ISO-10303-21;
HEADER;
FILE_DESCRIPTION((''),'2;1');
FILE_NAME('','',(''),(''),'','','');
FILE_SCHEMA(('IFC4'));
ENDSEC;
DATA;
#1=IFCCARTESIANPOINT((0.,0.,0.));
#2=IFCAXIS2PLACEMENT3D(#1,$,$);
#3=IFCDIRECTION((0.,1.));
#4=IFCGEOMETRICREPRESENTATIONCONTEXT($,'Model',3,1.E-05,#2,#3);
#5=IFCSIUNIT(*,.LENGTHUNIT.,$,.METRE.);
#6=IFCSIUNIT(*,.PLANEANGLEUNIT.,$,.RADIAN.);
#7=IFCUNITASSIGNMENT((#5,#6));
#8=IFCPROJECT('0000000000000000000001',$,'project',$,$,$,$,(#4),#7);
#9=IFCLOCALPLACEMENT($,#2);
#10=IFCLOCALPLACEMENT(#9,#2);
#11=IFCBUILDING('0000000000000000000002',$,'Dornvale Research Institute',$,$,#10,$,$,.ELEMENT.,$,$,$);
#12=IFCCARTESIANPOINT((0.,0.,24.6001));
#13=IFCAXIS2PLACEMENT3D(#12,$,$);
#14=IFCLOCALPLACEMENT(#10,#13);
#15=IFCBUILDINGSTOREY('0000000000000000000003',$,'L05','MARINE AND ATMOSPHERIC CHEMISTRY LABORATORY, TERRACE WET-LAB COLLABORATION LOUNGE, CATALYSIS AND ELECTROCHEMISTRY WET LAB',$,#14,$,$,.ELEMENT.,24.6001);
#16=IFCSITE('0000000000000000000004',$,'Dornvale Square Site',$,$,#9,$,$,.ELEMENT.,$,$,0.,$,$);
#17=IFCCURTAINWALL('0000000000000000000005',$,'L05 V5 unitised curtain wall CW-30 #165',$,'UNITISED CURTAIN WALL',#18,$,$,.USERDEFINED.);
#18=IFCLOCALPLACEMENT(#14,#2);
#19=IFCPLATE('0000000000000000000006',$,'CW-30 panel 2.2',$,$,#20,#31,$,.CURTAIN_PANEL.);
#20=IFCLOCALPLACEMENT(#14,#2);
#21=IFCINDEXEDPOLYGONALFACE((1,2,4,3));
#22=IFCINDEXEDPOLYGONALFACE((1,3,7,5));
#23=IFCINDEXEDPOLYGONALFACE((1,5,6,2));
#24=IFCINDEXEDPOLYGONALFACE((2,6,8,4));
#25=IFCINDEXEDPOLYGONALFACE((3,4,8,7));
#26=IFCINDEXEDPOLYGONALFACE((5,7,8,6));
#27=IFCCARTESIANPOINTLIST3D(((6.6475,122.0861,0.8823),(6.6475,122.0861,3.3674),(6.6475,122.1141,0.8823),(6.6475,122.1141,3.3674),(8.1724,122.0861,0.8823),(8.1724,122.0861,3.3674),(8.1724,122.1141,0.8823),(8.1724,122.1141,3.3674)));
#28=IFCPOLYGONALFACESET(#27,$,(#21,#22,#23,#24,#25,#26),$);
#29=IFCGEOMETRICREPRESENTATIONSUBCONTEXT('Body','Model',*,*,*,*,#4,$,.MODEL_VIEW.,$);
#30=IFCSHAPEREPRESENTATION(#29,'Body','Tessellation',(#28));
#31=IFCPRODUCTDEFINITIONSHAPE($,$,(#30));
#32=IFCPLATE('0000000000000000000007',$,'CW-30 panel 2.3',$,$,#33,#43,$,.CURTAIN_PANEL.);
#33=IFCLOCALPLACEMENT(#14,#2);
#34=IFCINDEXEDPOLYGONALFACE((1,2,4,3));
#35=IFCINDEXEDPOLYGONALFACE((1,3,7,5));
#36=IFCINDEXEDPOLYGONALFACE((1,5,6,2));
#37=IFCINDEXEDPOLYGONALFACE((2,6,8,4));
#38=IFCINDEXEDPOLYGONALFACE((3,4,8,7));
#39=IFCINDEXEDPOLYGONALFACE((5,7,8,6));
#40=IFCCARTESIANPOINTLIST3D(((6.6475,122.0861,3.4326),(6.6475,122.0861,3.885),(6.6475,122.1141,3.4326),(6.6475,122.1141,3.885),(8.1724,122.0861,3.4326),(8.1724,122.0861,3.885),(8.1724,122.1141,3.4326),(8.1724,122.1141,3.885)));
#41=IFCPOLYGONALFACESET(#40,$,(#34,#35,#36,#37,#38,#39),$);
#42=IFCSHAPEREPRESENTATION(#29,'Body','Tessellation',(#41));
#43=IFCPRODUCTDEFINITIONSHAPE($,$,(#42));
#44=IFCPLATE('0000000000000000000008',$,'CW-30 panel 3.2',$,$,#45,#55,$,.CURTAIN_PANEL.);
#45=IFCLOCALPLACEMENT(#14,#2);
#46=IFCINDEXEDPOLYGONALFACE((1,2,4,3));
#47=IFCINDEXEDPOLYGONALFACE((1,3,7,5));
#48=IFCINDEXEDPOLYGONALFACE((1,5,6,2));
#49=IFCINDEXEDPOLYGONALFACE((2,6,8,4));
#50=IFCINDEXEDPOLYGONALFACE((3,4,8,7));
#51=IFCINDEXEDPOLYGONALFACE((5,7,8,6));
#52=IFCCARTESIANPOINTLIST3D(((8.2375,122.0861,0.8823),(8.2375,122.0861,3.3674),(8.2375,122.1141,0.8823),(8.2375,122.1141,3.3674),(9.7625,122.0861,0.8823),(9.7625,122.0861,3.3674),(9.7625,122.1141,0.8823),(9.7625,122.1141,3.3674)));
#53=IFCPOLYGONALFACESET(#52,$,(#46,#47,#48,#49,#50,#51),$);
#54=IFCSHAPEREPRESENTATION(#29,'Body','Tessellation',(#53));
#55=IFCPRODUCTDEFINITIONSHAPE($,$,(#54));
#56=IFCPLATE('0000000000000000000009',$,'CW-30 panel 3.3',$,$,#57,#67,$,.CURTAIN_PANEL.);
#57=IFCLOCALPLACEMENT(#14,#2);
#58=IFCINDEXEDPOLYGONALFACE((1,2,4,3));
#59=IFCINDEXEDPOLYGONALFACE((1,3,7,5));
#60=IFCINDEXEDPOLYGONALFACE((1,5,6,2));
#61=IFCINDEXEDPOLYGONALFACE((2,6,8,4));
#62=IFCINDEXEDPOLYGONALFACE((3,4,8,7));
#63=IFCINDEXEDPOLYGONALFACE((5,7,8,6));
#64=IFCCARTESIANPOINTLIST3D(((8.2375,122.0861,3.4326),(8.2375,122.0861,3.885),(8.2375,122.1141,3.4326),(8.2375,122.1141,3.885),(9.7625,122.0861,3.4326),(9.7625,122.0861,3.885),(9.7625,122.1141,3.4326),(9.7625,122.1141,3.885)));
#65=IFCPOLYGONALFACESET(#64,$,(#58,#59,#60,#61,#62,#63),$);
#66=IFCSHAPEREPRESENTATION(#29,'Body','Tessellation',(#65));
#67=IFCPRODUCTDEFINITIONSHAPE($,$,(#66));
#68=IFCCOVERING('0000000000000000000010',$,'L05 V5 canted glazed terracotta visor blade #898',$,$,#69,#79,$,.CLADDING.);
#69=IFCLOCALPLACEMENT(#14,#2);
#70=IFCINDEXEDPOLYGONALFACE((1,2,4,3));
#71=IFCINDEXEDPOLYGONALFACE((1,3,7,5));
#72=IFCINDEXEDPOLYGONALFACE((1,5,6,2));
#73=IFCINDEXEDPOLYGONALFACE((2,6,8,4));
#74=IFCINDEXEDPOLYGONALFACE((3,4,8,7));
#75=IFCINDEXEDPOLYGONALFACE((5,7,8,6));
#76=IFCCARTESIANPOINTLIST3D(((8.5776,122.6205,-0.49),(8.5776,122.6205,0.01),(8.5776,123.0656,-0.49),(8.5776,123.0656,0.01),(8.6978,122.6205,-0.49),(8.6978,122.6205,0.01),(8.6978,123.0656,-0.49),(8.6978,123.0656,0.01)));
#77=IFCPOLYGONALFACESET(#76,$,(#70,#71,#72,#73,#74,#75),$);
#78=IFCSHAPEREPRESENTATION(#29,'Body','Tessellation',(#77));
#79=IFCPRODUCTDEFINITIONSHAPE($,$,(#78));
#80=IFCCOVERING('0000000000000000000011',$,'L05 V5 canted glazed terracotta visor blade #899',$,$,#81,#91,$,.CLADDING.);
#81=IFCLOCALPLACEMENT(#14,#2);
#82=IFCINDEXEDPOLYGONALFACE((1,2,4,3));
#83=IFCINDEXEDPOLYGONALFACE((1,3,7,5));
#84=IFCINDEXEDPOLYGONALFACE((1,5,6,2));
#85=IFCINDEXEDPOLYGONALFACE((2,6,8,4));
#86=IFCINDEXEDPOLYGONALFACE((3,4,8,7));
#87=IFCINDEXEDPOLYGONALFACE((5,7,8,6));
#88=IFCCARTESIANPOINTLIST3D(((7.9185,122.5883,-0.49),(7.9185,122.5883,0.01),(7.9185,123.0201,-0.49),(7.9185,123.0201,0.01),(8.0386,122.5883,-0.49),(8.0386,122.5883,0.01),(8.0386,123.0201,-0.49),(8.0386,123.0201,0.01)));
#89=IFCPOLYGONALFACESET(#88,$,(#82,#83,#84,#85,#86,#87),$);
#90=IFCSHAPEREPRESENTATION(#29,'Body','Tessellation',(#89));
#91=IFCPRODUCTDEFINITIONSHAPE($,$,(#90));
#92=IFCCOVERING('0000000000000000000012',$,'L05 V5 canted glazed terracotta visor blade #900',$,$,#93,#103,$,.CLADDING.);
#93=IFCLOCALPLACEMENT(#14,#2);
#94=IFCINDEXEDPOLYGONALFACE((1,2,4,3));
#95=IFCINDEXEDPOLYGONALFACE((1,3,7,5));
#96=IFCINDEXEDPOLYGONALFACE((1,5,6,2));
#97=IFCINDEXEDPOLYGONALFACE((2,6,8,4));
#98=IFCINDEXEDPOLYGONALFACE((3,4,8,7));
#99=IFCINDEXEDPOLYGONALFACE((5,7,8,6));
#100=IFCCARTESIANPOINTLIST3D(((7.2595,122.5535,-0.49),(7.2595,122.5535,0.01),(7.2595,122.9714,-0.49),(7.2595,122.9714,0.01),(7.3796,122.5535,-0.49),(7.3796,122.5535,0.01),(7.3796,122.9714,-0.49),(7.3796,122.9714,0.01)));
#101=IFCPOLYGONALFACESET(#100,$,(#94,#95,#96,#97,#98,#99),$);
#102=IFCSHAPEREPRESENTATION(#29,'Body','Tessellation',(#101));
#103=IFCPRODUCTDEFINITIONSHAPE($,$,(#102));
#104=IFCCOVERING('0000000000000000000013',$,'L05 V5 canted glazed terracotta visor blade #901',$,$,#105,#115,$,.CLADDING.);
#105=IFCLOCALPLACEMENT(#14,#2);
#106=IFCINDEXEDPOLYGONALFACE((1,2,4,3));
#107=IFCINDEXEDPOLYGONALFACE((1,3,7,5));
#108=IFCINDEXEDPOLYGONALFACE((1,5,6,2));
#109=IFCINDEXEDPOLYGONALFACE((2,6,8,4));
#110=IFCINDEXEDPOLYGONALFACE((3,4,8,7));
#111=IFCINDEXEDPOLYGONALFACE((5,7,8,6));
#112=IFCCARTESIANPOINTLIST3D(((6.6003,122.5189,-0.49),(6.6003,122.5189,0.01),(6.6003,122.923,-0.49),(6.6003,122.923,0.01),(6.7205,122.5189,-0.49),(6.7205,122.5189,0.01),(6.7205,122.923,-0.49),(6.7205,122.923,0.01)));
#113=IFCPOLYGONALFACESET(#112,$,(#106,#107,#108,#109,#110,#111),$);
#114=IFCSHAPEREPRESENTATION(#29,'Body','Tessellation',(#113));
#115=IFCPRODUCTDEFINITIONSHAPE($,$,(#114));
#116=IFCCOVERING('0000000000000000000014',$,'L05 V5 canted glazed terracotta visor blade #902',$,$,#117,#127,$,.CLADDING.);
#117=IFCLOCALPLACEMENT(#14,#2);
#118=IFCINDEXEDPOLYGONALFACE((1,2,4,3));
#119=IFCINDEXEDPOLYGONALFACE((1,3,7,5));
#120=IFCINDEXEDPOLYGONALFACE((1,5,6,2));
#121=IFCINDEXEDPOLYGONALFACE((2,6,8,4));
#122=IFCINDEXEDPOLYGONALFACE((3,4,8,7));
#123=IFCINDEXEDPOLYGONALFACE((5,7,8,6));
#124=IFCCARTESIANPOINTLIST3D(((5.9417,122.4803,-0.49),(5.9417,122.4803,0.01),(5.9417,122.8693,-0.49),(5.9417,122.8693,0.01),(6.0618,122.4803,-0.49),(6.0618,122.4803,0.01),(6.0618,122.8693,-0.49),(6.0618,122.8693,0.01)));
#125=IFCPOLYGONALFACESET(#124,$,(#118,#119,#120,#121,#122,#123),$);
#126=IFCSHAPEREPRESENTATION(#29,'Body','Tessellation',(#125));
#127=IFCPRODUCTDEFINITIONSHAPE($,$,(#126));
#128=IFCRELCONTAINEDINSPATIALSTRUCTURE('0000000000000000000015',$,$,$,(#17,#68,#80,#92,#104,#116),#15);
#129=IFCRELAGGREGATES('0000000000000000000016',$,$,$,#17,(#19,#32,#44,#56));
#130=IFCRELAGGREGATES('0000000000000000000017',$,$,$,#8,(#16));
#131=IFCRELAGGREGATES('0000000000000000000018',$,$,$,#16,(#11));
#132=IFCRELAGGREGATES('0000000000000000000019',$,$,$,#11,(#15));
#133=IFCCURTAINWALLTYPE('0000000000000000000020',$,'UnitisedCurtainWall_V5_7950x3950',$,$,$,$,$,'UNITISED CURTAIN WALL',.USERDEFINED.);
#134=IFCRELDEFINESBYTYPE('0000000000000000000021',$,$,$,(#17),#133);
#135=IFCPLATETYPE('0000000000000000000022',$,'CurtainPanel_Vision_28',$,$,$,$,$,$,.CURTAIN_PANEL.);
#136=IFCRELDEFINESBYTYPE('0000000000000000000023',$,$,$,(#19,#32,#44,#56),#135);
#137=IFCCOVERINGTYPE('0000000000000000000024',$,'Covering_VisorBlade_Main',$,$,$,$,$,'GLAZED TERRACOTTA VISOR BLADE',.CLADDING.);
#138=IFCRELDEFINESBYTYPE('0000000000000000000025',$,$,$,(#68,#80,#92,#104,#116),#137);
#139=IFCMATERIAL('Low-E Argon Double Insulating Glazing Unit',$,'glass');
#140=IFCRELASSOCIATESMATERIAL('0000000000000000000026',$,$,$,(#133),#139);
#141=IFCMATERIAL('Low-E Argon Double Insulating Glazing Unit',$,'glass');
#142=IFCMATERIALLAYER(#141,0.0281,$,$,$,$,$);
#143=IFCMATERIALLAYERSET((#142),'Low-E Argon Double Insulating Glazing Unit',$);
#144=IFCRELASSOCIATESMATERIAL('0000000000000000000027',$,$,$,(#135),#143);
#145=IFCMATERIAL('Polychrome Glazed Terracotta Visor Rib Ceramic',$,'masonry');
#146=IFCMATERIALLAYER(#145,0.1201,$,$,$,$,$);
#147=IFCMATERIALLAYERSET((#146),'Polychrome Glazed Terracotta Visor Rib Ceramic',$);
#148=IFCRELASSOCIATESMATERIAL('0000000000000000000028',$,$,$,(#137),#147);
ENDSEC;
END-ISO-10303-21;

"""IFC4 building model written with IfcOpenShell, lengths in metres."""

from ifc_helpers import new_model, si_unit, direction, frame, origin, origin_2d, place, context, subcontext, project, spatial, rectangle, extrude, material, layer, layer_set, type_object, element, aggregate, save


model = new_model("IFC4")

# Units and contexts
model_context = context("Model", 3, precision=1e-05, world=origin(), true_north=direction((0.0, 1.0)))
body_context = subcontext(model_context, "Body", "Model", "MODEL_VIEW")
ifc_project = project(units=[si_unit("LENGTHUNIT", "METRE"), si_unit("PLANEANGLEUNIT", "RADIAN")], contexts=[model_context])

# Site, building, storey
site_placement = place(None, origin())
site = spatial("IfcSite", under=ifc_project, at=site_placement, Name="Dornvale Square Site", CompositionType="ELEMENT", RefElevation=0.0)
building_placement = place(site_placement, origin())
building = spatial("IfcBuilding", under=site, at=building_placement, Name="Dornvale Research Institute", CompositionType="ELEMENT")
storey_placement = place(building_placement, frame((0.0, 0.0, 24.6001)))
storey = spatial("IfcBuildingStorey", under=building, at=storey_placement, Name="L05", Description="MARINE AND ATMOSPHERIC CHEMISTRY LABORATORY, TERRACE WET-LAB COLLABORATION LOUNGE, CATALYSIS AND ELECTROCHEMISTRY WET LAB", CompositionType="ELEMENT", Elevation=24.6001)

# Curtain wall, plates
ifc_material_1 = material(Name="Low-E Argon Double Insulating Glazing Unit", Category="glass")
curtain_wall_type = type_object("IfcCurtainWallType", Name="UnitisedCurtainWall_V5_7950x3950", ElementType="UNITISED CURTAIN WALL", PredefinedType="USERDEFINED", material=ifc_material_1)
curtain_wall_placement = place(storey_placement, origin())
curtain_wall = element("IfcCurtainWall", 1, at=curtain_wall_placement, inside=storey, type_object=curtain_wall_type, Name="L05 V5 unitised curtain wall CW-30 #165", ObjectType="UNITISED CURTAIN WALL", PredefinedType="USERDEFINED")
ifc_material_2 = material(Name="Low-E Argon Double Insulating Glazing Unit", Category="glass")
ifc_layer_1 = layer(ifc_material_2, 0.0281)
ifc_layer_set_1 = layer_set([ifc_layer_1], Name="Low-E Argon Double Insulating Glazing Unit")
plate_type_1 = type_object("IfcPlateType", Name="CurtainPanel_Vision_28", PredefinedType="CURTAIN_PANEL", material=ifc_layer_set_1)
plate_1_placement = place(storey_placement, frame((7.4099, 122.1001, 0.8823), z_axis=(0.0, 0.0, 1.0), x_axis=(1.0, 0.0, 0.0)))
plate_1 = element("IfcPlate", 2, at=plate_1_placement, type_object=plate_type_1, Name="CW-30 panel 2.2", PredefinedType="CURTAIN_PANEL", context=body_context, shape_type="SweptSolid", body=[
    extrude(rectangle(XDim=1.5249, YDim=0.0281, at=origin_2d()), origin(), (0.0, 0.0, 1.0), 2.4851),
])
plate_2_placement = place(storey_placement, frame((7.4099, 122.1001, 3.4326), z_axis=(0.0, 0.0, 1.0), x_axis=(1.0, 0.0, 0.0)))
plate_2 = element("IfcPlate", 3, at=plate_2_placement, type_object=plate_type_1, Name="CW-30 panel 2.3", PredefinedType="CURTAIN_PANEL", context=body_context, shape_type="SweptSolid", body=[
    extrude(rectangle(XDim=1.5249, YDim=0.0281, at=origin_2d()), origin(), (0.0, 0.0, 1.0), 0.4524),
])
plate_3_placement = place(storey_placement, frame((9.0, 122.1001, 0.8823), z_axis=(0.0, 0.0, 1.0), x_axis=(1.0, 0.0, 0.0)))
plate_3 = element("IfcPlate", 4, at=plate_3_placement, type_object=plate_type_1, Name="CW-30 panel 3.2", PredefinedType="CURTAIN_PANEL", context=body_context, shape_type="SweptSolid", body=[
    extrude(rectangle(XDim=1.5249, YDim=0.0281, at=origin_2d()), origin(), (0.0, 0.0, 1.0), 2.4851),
])
plate_4_placement = place(storey_placement, frame((9.0, 122.1001, 3.4326), z_axis=(0.0, 0.0, 1.0), x_axis=(1.0, 0.0, 0.0)))
plate_4 = element("IfcPlate", 5, at=plate_4_placement, type_object=plate_type_1, Name="CW-30 panel 3.3", PredefinedType="CURTAIN_PANEL", context=body_context, shape_type="SweptSolid", body=[
    extrude(rectangle(XDim=1.5249, YDim=0.0281, at=origin_2d()), origin(), (0.0, 0.0, 1.0), 0.4524),
])
aggregate(curtain_wall, [plate_1, plate_2, plate_3, plate_4])

# Coverings
ifc_material_3 = material(Name="Polychrome Glazed Terracotta Visor Rib Ceramic", Category="masonry")
ifc_layer_2 = layer(ifc_material_3, 0.1201)
ifc_layer_set_2 = layer_set([ifc_layer_2], Name="Polychrome Glazed Terracotta Visor Rib Ceramic")
covering_type = type_object("IfcCoveringType", Name="Covering_VisorBlade_Main", ElementType="GLAZED TERRACOTTA VISOR BLADE", PredefinedType="CLADDING", material=ifc_layer_set_2)
covering_1_placement = place(storey_placement, frame((8.6377, 122.843, -0.49), z_axis=(0.0, 0.0, 1.0), x_axis=(0.0, 1.0, 0.0)))
element("IfcCovering", 6, at=covering_1_placement, inside=storey, type_object=covering_type, Name="L05 V5 canted glazed terracotta visor blade #898", PredefinedType="CLADDING", context=body_context, shape_type="SweptSolid", body=[
    extrude(rectangle(XDim=0.4451, YDim=0.1201, at=origin_2d()), origin(), (0.0, 0.0, 1.0), 0.5),
])
covering_2_placement = place(storey_placement, frame((7.9785, 122.8042, -0.49), z_axis=(0.0, 0.0, 1.0), x_axis=(0.0, 1.0, 0.0)))
element("IfcCovering", 7, at=covering_2_placement, inside=storey, type_object=covering_type, Name="L05 V5 canted glazed terracotta visor blade #899", PredefinedType="CLADDING", context=body_context, shape_type="SweptSolid", body=[
    extrude(rectangle(XDim=0.4319, YDim=0.1201, at=origin_2d()), origin(), (0.0, 0.0, 1.0), 0.5),
])
covering_3_placement = place(storey_placement, frame((7.3196, 122.7625, -0.49), z_axis=(0.0, 0.0, 1.0), x_axis=(0.0, 1.0, 0.0)))
element("IfcCovering", 8, at=covering_3_placement, inside=storey, type_object=covering_type, Name="L05 V5 canted glazed terracotta visor blade #900", PredefinedType="CLADDING", context=body_context, shape_type="SweptSolid", body=[
    extrude(rectangle(XDim=0.418, YDim=0.1201, at=origin_2d()), origin(), (0.0, 0.0, 1.0), 0.5),
])
covering_4_placement = place(storey_placement, frame((6.6604, 122.7209, -0.49), z_axis=(0.0, 0.0, 1.0), x_axis=(0.0, 1.0, 0.0)))
element("IfcCovering", 9, at=covering_4_placement, inside=storey, type_object=covering_type, Name="L05 V5 canted glazed terracotta visor blade #901", PredefinedType="CLADDING", context=body_context, shape_type="SweptSolid", body=[
    extrude(rectangle(XDim=0.4041, YDim=0.1201, at=origin_2d()), origin(), (0.0, 0.0, 1.0), 0.5),
])
covering_5_placement = place(storey_placement, frame((6.0017, 122.6748, -0.49), z_axis=(0.0, 0.0, 1.0), x_axis=(0.0, 1.0, 0.0)))
element("IfcCovering", 10, at=covering_5_placement, inside=storey, type_object=covering_type, Name="L05 V5 canted glazed terracotta visor blade #902", PredefinedType="CLADDING", context=body_context, shape_type="SweptSolid", body=[
    extrude(rectangle(XDim=0.3889, YDim=0.1201, at=origin_2d()), origin(), (0.0, 0.0, 1.0), 0.5),
])

save(model, "model.ifc")
